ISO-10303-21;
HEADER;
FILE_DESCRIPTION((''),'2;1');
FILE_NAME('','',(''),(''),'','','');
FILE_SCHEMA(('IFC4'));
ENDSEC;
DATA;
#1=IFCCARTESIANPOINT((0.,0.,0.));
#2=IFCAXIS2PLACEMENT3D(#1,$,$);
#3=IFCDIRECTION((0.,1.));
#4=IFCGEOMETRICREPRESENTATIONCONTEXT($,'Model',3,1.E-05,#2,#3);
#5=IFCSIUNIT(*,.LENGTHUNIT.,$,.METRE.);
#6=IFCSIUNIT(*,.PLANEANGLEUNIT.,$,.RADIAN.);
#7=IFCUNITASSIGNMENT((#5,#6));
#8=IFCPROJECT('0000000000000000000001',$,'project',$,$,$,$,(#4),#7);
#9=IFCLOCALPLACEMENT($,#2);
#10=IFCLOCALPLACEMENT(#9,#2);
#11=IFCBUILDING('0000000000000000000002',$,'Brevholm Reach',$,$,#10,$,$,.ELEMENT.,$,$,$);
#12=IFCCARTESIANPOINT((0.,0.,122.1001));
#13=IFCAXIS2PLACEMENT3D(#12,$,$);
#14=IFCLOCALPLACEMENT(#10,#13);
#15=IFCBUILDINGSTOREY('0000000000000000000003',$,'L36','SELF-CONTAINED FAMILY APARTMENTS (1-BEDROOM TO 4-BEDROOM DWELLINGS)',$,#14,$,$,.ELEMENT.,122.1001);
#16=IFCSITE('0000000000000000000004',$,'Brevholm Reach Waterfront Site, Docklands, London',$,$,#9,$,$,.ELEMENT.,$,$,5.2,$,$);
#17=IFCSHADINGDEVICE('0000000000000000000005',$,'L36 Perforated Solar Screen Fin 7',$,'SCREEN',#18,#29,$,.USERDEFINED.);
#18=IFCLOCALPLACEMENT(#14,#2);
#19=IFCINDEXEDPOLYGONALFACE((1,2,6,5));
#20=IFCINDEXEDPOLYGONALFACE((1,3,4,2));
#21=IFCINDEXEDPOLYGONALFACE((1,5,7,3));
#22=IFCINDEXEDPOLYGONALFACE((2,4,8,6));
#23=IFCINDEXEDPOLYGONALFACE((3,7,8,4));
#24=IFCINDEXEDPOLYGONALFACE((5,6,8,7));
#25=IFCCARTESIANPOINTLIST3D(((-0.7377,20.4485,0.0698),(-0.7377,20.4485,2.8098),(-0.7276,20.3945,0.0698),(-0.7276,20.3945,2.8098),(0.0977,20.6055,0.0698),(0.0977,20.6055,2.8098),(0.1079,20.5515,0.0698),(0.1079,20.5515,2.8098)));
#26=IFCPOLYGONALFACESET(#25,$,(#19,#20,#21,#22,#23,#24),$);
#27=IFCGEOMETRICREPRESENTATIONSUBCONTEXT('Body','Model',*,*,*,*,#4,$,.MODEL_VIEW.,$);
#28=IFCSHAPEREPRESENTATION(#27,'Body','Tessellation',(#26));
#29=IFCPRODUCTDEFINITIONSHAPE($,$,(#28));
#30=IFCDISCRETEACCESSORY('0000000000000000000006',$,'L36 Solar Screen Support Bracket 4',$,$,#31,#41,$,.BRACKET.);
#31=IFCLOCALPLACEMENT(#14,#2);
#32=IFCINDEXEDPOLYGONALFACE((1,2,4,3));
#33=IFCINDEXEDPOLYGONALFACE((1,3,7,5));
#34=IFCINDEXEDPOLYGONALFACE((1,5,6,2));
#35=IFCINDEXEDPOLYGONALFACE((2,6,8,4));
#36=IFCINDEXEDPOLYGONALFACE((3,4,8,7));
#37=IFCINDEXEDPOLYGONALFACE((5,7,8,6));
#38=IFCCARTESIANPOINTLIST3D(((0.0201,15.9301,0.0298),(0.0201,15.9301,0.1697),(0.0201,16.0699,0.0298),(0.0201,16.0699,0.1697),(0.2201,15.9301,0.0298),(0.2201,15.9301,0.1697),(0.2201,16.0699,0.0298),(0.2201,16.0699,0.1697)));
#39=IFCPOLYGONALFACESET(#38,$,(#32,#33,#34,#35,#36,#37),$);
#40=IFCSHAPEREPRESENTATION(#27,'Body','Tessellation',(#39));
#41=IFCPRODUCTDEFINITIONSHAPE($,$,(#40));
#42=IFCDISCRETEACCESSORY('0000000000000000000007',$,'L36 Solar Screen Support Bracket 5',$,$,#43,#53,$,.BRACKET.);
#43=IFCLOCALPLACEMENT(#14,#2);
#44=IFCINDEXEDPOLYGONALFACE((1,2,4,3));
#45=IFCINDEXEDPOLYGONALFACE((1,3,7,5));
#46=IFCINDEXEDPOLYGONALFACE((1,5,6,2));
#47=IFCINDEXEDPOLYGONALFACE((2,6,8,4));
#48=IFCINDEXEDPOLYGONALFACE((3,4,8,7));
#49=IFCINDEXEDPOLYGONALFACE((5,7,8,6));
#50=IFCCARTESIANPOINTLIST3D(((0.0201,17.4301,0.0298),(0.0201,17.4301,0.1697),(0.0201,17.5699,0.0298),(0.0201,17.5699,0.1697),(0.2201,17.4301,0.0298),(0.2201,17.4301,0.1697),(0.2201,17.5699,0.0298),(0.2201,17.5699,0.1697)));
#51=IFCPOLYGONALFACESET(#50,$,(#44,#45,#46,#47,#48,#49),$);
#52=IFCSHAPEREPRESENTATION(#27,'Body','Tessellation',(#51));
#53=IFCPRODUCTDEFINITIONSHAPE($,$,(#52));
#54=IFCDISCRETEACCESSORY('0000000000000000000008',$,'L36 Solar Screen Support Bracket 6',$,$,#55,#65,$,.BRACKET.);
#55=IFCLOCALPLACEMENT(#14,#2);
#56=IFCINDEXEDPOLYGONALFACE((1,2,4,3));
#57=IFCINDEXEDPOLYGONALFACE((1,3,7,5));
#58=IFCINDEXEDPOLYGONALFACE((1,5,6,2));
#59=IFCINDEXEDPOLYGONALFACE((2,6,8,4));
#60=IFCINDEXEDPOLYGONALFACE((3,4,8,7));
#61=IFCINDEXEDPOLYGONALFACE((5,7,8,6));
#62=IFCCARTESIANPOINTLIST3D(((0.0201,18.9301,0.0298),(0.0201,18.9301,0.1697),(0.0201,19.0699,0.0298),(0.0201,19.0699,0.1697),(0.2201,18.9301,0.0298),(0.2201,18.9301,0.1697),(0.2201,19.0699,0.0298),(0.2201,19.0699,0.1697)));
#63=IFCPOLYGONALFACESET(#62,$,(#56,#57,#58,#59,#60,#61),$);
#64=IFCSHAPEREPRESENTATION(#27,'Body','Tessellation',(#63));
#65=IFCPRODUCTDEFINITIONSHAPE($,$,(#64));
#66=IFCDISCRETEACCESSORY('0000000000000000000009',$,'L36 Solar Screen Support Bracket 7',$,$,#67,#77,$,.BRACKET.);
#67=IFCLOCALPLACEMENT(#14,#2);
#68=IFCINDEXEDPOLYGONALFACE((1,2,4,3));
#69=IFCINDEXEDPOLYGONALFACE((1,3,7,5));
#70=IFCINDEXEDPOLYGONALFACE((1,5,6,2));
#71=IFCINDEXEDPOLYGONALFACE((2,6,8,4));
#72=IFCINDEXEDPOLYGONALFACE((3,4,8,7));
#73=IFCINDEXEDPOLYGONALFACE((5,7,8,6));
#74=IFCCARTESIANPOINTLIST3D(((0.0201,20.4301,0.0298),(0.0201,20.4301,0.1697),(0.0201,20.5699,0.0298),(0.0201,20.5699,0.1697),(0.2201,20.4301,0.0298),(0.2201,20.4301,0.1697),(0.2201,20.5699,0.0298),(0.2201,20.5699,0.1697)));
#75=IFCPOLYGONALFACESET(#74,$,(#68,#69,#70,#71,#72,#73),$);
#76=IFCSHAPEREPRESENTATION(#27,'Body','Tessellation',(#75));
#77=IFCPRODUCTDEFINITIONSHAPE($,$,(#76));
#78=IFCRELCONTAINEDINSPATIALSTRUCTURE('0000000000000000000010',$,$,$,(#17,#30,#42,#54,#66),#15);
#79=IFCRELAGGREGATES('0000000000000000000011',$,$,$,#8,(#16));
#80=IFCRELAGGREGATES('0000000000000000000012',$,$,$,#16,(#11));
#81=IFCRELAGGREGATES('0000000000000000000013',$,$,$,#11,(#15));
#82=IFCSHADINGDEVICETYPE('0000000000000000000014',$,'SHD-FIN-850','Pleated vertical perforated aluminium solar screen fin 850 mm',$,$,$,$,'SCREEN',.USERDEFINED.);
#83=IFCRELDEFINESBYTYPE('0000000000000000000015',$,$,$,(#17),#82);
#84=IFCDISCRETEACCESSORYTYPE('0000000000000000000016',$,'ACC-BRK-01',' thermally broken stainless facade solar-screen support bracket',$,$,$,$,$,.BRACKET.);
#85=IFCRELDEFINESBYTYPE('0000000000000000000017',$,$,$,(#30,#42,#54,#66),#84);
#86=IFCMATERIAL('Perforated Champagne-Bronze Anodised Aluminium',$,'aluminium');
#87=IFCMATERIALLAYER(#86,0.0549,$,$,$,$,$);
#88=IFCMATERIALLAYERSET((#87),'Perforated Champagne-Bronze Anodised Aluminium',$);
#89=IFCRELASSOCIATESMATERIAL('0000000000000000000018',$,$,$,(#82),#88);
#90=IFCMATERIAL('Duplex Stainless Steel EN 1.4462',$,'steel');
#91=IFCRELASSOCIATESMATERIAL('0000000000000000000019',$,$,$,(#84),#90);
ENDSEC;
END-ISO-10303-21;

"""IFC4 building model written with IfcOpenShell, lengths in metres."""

from ifc_helpers import new_model, si_unit, direction, frame, origin, origin_2d, place, context, subcontext, project, spatial, rectangle, extrude, material, layer, layer_set, type_object, element, save


model = new_model("IFC4")

# Units and contexts
model_context = context("Model", 3, precision=1e-05, world=origin(), true_north=direction((0.0, 1.0)))
body_context = subcontext(model_context, "Body", "Model", "MODEL_VIEW")
ifc_project = project(units=[si_unit("LENGTHUNIT", "METRE"), si_unit("PLANEANGLEUNIT", "RADIAN")], contexts=[model_context])

# Site, building, storey
site_placement = place(None, origin())
site = spatial("IfcSite", under=ifc_project, at=site_placement, Name="Brevholm Reach Waterfront Site, Docklands, London", CompositionType="ELEMENT", RefElevation=5.2)
building_placement = place(site_placement, origin())
building = spatial("IfcBuilding", under=site, at=building_placement, Name="Brevholm Reach", CompositionType="ELEMENT")
storey_placement = place(building_placement, frame((0.0, 0.0, 122.1001)))
storey = spatial("IfcBuildingStorey", under=building, at=storey_placement, Name="L36", Description="SELF-CONTAINED FAMILY APARTMENTS (1-BEDROOM TO 4-BEDROOM DWELLINGS)", CompositionType="ELEMENT", Elevation=122.1001)

# Shading device
ifc_material_1 = material(Name="Perforated Champagne-Bronze Anodised Aluminium", Category="aluminium")
ifc_layer_1 = layer(ifc_material_1, 0.0549)
ifc_layer_set_1 = layer_set([ifc_layer_1], Name="Perforated Champagne-Bronze Anodised Aluminium")
shading_device_type = type_object("IfcShadingDeviceType", Name="SHD-FIN-850", Description="Pleated vertical perforated aluminium solar screen fin 850 mm", ElementType="SCREEN", PredefinedType="USERDEFINED", material=ifc_layer_set_1)
for number, where, z_axis, x_axis, name in (
    (1, (-0.3149, 20.5, 0.0698), (0.0, 0.0, 1.0), (-0.982787, -0.18474, 0.0), "L36 Perforated Solar Screen Fin 7"),
):
    element("IfcShadingDevice", number, at=place(storey_placement, frame(where, z_axis=z_axis, x_axis=x_axis)), inside=storey, type_object=shading_device_type, Name=name, ObjectType="SCREEN", PredefinedType="USERDEFINED", context=body_context, shape_type="SweptSolid", body=[
        extrude(rectangle(XDim=0.8501, YDim=0.0549, at=origin_2d()), origin(), (0.0, 0.0, 1.0), 2.74),
    ])

# Discrete accessories
ifc_material_2 = material(Name="Duplex Stainless Steel EN 1.4462", Category="steel")
discrete_accessory_type = type_object("IfcDiscreteAccessoryType", Name="ACC-BRK-01", Description=" thermally broken stainless facade solar-screen support bracket", PredefinedType="BRACKET", material=ifc_material_2)
for number, where, z_axis, x_axis, name in (
    (2, (0.1201, 16.0, 0.0298), (0.0, 0.0, 1.0), (-1.0, 0.0, 0.0), "L36 Solar Screen Support Bracket 4"),
    (3, (0.1201, 17.5, 0.0298), (0.0, 0.0, 1.0), (-1.0, 0.0, 0.0), "L36 Solar Screen Support Bracket 5"),
    (4, (0.1201, 19.0, 0.0298), (0.0, 0.0, 1.0), (-1.0, 0.0, 0.0), "L36 Solar Screen Support Bracket 6"),
    (5, (0.1201, 20.5, 0.0298), (0.0, 0.0, 1.0), (-1.0, 0.0, 0.0), "L36 Solar Screen Support Bracket 7"),
):
    element("IfcDiscreteAccessory", number, at=place(storey_placement, frame(where, z_axis=z_axis, x_axis=x_axis)), inside=storey, type_object=discrete_accessory_type, Name=name, PredefinedType="BRACKET", context=body_context, shape_type="SweptSolid", body=[
        extrude(rectangle(XDim=0.2, YDim=0.1399, at=origin_2d()), origin(), (0.0, 0.0, 1.0), 0.1399),
    ])

save(model, "model.ifc")
